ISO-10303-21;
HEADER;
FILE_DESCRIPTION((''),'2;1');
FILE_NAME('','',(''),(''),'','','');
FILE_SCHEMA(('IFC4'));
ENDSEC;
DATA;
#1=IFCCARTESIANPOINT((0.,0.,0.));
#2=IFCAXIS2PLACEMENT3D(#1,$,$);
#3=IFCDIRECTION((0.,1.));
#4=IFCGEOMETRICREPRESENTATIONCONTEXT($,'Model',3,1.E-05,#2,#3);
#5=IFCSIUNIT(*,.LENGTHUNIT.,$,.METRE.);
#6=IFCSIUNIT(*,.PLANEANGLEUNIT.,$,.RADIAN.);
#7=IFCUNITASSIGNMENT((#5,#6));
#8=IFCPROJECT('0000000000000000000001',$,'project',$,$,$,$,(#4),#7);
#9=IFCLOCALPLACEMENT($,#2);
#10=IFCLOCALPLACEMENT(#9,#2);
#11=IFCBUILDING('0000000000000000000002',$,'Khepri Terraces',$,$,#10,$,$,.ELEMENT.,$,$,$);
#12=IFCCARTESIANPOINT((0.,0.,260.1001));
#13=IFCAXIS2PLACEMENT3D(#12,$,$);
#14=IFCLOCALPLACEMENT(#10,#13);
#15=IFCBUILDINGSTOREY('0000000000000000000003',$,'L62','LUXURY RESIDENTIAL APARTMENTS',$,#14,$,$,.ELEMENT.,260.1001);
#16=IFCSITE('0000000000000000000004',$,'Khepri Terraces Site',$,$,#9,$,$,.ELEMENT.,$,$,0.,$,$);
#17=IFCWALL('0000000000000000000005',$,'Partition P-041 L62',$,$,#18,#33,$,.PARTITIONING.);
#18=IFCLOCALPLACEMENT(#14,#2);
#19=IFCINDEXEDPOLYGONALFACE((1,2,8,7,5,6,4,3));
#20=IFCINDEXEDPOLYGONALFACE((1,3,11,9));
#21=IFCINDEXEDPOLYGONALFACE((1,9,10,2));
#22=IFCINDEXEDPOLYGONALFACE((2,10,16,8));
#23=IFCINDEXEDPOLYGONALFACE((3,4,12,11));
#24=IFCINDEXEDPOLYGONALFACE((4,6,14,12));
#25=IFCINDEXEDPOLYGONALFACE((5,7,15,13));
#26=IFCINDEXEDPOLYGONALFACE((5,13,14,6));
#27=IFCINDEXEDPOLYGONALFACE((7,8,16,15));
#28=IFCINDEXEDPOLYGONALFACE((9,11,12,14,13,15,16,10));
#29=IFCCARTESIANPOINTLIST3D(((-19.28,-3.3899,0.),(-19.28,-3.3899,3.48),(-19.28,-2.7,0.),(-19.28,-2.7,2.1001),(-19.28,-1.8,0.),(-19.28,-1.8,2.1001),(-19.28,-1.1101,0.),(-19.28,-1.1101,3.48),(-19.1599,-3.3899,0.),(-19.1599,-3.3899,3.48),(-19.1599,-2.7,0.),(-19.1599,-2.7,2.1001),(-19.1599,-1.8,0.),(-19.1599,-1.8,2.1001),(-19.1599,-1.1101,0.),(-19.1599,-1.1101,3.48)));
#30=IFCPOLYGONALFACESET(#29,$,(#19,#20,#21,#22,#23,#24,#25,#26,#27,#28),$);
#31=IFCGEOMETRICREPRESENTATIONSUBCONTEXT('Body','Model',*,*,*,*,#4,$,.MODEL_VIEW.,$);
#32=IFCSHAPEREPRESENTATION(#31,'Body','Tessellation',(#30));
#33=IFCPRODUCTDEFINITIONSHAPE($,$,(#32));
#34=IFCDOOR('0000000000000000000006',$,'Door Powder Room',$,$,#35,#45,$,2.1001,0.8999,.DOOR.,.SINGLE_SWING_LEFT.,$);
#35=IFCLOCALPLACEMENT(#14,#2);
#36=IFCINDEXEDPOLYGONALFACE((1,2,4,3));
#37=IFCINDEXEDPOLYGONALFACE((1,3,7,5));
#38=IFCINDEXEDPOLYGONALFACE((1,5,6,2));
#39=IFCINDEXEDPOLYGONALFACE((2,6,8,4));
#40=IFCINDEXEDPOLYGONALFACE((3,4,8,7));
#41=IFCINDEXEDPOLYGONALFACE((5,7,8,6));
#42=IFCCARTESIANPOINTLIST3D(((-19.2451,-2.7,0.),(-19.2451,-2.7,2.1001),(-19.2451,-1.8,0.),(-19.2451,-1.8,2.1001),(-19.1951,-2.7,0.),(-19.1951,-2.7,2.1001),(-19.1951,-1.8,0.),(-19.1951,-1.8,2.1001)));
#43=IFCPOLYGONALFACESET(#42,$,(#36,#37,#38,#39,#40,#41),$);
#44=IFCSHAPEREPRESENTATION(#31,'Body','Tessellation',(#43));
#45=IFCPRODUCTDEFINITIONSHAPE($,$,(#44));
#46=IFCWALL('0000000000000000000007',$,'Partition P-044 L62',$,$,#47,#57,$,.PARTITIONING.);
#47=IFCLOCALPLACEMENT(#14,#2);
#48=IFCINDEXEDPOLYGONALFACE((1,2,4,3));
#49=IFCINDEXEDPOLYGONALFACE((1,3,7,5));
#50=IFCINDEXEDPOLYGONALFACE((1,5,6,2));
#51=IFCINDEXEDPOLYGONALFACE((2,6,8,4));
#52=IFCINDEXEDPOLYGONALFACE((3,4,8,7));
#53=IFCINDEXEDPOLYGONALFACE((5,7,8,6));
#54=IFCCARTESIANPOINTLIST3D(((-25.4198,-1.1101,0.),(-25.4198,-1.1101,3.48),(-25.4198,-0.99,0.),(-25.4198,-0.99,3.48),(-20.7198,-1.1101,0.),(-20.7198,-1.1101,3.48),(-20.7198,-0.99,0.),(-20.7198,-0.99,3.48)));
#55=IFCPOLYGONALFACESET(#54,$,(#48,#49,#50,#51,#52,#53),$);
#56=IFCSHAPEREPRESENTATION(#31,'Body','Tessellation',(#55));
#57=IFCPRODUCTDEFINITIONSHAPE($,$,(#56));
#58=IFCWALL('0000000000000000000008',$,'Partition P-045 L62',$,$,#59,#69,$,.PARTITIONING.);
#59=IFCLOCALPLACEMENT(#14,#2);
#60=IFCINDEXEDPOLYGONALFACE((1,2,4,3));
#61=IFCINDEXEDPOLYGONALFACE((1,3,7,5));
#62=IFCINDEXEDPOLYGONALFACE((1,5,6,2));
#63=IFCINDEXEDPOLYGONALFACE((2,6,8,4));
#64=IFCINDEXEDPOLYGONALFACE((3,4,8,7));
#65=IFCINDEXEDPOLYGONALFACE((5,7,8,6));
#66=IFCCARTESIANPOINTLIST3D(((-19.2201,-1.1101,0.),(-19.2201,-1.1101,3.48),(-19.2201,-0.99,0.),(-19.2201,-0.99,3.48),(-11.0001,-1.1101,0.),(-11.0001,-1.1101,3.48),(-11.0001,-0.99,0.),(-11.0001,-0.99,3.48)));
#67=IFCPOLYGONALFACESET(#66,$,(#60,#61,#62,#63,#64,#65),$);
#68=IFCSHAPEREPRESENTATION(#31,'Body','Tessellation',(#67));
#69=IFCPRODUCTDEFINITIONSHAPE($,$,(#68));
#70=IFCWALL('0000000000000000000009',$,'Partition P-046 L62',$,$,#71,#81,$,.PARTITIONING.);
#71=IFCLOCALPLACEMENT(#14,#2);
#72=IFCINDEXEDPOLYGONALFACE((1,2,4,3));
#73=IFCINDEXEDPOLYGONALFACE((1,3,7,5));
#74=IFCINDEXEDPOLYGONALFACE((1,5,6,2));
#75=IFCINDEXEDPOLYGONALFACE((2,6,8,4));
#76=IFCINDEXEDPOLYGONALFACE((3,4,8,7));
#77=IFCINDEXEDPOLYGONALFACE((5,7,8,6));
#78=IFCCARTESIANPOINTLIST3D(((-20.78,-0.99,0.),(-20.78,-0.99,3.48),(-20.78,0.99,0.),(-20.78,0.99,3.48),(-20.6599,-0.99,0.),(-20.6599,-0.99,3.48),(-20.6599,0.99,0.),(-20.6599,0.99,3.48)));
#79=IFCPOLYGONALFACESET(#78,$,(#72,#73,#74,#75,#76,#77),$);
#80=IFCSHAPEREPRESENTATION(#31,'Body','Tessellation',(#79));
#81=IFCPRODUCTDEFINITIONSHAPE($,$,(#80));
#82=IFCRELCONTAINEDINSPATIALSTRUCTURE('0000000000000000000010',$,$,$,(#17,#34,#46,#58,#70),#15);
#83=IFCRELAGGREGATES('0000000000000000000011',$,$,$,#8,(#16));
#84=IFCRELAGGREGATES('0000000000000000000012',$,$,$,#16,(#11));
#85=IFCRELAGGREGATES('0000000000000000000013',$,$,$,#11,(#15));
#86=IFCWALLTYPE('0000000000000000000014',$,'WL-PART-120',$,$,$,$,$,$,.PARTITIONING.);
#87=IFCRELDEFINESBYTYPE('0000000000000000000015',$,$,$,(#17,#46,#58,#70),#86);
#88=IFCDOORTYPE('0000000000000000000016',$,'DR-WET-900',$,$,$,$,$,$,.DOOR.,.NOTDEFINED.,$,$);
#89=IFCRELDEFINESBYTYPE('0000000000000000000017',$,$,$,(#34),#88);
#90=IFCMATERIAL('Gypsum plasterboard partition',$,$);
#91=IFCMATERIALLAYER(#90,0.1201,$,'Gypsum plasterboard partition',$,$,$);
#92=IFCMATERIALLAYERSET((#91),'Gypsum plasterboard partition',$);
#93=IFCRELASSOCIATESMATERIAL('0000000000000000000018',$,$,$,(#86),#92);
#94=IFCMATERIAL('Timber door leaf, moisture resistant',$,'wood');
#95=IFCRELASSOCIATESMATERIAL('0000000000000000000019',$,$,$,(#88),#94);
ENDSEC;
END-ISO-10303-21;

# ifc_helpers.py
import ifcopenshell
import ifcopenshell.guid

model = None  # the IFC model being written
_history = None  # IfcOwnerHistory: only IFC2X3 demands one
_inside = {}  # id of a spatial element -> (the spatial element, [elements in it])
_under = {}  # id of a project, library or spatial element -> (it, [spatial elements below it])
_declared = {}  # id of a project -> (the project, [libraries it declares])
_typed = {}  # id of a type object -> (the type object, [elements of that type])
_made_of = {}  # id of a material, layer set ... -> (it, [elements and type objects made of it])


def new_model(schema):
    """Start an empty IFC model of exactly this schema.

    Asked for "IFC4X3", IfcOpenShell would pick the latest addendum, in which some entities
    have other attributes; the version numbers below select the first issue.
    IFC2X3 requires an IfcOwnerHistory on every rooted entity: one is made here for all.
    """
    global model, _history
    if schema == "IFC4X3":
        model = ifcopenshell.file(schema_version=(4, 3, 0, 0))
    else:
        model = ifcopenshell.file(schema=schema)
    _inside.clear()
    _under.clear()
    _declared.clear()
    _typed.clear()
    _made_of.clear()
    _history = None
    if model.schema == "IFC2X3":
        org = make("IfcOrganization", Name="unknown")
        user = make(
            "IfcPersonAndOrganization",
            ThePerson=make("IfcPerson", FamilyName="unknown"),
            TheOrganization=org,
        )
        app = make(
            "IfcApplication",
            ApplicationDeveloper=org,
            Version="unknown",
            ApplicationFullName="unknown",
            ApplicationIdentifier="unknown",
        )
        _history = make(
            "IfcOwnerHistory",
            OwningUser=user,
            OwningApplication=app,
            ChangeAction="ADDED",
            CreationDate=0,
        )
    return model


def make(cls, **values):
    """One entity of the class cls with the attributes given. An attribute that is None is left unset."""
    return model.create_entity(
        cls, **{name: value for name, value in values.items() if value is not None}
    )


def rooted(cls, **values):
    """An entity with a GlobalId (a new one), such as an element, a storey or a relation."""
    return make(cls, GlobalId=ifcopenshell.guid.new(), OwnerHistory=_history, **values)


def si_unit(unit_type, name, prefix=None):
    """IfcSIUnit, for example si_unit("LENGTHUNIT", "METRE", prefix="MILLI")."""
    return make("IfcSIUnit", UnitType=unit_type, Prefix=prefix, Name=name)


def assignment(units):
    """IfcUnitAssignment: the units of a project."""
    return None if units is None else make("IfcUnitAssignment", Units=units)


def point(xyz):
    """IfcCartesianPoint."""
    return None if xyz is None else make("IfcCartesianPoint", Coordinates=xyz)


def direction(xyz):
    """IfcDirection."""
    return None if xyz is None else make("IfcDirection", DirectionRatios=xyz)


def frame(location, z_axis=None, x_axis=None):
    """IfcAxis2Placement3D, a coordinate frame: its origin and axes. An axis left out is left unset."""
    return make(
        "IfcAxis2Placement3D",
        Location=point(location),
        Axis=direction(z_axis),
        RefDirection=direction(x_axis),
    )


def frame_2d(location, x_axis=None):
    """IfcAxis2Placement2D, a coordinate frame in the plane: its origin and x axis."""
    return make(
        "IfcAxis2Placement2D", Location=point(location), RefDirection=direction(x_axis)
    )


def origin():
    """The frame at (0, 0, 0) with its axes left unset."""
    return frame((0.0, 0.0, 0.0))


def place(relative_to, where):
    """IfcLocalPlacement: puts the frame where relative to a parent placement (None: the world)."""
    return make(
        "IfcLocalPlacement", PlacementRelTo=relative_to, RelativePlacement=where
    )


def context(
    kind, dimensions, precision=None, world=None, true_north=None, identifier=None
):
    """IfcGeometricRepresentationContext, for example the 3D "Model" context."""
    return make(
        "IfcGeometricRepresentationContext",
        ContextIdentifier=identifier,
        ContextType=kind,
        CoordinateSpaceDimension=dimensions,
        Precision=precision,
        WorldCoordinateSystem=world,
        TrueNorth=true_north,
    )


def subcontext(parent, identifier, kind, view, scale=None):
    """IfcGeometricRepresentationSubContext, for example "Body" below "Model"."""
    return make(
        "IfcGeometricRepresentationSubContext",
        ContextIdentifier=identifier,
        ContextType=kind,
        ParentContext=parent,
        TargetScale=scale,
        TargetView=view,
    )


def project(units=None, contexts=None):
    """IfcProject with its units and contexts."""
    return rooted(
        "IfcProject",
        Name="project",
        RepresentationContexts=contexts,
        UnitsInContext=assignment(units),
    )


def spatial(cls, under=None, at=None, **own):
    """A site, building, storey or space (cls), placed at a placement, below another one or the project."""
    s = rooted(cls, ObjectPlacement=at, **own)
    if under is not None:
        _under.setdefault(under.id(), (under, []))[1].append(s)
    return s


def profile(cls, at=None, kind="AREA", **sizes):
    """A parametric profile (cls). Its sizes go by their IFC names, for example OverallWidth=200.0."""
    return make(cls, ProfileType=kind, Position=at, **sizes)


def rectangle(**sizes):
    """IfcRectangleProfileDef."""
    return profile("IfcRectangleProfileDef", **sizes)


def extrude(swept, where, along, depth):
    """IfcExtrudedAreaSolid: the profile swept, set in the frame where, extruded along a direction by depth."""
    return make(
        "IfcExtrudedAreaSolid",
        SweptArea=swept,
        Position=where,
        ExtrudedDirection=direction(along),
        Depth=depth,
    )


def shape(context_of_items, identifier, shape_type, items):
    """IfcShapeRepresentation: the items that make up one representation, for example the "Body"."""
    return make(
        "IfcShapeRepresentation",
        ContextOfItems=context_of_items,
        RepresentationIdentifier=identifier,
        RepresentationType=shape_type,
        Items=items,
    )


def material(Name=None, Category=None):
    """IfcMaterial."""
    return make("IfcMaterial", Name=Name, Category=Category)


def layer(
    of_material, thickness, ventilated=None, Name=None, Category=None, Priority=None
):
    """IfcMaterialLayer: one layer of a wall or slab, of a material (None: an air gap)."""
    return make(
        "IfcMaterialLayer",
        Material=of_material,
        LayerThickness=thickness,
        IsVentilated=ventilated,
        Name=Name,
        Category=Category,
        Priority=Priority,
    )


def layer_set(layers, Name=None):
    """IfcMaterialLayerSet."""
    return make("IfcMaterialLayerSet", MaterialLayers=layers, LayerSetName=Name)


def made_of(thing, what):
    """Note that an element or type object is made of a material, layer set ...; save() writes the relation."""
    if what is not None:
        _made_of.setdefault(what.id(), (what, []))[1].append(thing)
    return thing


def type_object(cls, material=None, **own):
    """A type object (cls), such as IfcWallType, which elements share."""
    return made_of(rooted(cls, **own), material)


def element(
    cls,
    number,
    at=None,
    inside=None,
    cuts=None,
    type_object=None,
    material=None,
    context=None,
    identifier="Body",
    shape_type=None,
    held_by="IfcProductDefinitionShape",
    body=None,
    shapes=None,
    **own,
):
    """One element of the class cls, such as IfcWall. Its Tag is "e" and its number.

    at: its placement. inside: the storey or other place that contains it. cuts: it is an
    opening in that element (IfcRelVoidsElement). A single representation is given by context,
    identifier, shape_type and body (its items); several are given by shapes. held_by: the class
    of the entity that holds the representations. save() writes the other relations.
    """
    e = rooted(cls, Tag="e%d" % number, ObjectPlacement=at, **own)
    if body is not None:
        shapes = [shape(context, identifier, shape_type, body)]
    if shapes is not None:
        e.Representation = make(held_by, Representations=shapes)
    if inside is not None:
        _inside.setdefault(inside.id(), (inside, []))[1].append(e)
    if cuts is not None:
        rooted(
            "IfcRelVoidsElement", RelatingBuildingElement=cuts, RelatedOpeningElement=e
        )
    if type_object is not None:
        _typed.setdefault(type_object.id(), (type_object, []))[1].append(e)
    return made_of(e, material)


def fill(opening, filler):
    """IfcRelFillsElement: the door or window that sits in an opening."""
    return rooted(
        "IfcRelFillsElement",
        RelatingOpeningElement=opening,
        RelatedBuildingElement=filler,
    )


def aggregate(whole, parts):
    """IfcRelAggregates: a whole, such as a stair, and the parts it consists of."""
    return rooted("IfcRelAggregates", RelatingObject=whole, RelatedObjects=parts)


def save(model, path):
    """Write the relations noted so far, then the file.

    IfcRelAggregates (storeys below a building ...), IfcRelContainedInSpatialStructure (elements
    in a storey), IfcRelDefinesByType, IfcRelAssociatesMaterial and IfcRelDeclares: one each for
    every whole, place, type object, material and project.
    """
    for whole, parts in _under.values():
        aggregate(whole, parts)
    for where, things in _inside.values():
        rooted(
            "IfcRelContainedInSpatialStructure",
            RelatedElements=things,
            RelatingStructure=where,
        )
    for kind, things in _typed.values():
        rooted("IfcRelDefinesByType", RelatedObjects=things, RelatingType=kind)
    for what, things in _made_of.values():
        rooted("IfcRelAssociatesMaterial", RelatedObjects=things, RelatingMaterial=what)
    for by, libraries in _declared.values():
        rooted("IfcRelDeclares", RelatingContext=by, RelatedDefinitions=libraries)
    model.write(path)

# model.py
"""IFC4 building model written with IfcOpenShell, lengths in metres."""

from ifc_helpers import new_model, si_unit, direction, frame, frame_2d, origin, place, context, subcontext, project, spatial, rectangle, extrude, material, layer, layer_set, type_object, element, fill, save


model = new_model("IFC4")

# Units and contexts
model_context = context("Model", 3, precision=1e-05, world=origin(), true_north=direction((0.0, 1.0)))
body_context = subcontext(model_context, "Body", "Model", "MODEL_VIEW")
ifc_project = project(units=[si_unit("LENGTHUNIT", "METRE"), si_unit("PLANEANGLEUNIT", "RADIAN")], contexts=[model_context])

# Site, building, storey
site_placement = place(None, origin())
site = spatial("IfcSite", under=ifc_project, at=site_placement, Name="Khepri Terraces Site", CompositionType="ELEMENT", RefElevation=0.0)
building_placement = place(site_placement, origin())
building = spatial("IfcBuilding", under=site, at=building_placement, Name="Khepri Terraces", CompositionType="ELEMENT")
storey_placement = place(building_placement, frame((0.0, 0.0, 260.1001)))
storey = spatial("IfcBuildingStorey", under=building, at=storey_placement, Name="L62", Description="LUXURY RESIDENTIAL APARTMENTS", CompositionType="ELEMENT", Elevation=260.1001)

# Shared definitions
ifc_material_1 = material(Name="Gypsum plasterboard partition")
ifc_layer_1 = layer(ifc_material_1, 0.1201, Name="Gypsum plasterboard partition")
ifc_layer_set_1 = layer_set([ifc_layer_1], Name="Gypsum plasterboard partition")
wall_type_1 = type_object("IfcWallType", Name="WL-PART-120", PredefinedType="PARTITIONING", material=ifc_layer_set_1)
ifc_material_2 = material(Name="Timber door leaf, moisture resistant", Category="wood")
door_type_1 = type_object("IfcDoorType", Name="DR-WET-900", OperationType="NOTDEFINED", PredefinedType="DOOR", material=ifc_material_2)

# Wall, opening, door
wall_1_placement = place(storey_placement, frame((-19.22, -3.3899, 0.0), z_axis=(0.0, 0.0, 1.0), x_axis=(0.0, 1.0, 0.0)))
wall_1 = element("IfcWall", 1, at=wall_1_placement, inside=storey, type_object=wall_type_1, Name="Partition P-041 L62", PredefinedType="PARTITIONING", context=body_context, shape_type="SweptSolid", body=[
    extrude(rectangle(XDim=2.2798, YDim=0.1201, at=frame_2d((1.1399, 0.0))), origin(), (0.0, 0.0, 1.0), 3.48),
])
opening_1_placement = place(wall_1_placement, frame((0.6899, 0.0, 0.0)))
opening_1 = element("IfcOpeningElement", 2, at=opening_1_placement, cuts=wall_1, PredefinedType="OPENING", context=body_context, shape_type="SweptSolid", body=[
    extrude(rectangle(XDim=0.8999, YDim=2.1001, at=frame_2d((0.45, 1.05))), frame((0.0, 0.0701, 0.0), z_axis=(0.0, -1.0, 0.0), x_axis=(1.0, 0.0, 0.0)), (0.0, 0.0, 1.0), 0.1401),
])
door_1_placement = place(opening_1_placement, frame((0.8999, 0.0, 0.0), z_axis=(0.0, 0.0, 1.0), x_axis=(-1.0, 0.0, 0.0)))
door_1 = element("IfcDoor", 3, at=door_1_placement, inside=storey, type_object=door_type_1, Name="Door Powder Room", OperationType="SINGLE_SWING_LEFT", OverallHeight=2.1001, OverallWidth=0.8999, PredefinedType="DOOR", context=body_context, shape_type="SweptSolid", body=[
    extrude(rectangle(XDim=0.8999, YDim=2.1001, at=frame_2d((0.45, 1.05))), frame((0.0, 0.0249, 0.0), z_axis=(0.0, -1.0, 0.0), x_axis=(1.0, 0.0, 0.0)), (0.0, 0.0, 1.0), 0.05),
])
fill(opening_1, door_1)

# Walls
wall_2_placement = place(storey_placement, frame((-25.4199, -1.05, 0.0), z_axis=(0.0, 0.0, 1.0), x_axis=(1.0, 0.0, 0.0)))
element("IfcWall", 4, at=wall_2_placement, inside=storey, type_object=wall_type_1, Name="Partition P-044 L62", PredefinedType="PARTITIONING", context=body_context, shape_type="SweptSolid", body=[
    extrude(rectangle(XDim=4.7, YDim=0.1201, at=frame_2d((2.3501, 0.0))), origin(), (0.0, 0.0, 1.0), 3.48),
])
wall_3_placement = place(storey_placement, frame((-19.22, -1.05, 0.0), z_axis=(0.0, 0.0, 1.0), x_axis=(1.0, 0.0, 0.0)))
element("IfcWall", 5, at=wall_3_placement, inside=storey, type_object=wall_type_1, Name="Partition P-045 L62", PredefinedType="PARTITIONING", context=body_context, shape_type="SweptSolid", body=[
    extrude(rectangle(XDim=8.22, YDim=0.1201, at=frame_2d((4.1099, 0.0))), origin(), (0.0, 0.0, 1.0), 3.48),
])
wall_4_placement = place(storey_placement, frame((-20.72, -0.99, 0.0), z_axis=(0.0, 0.0, 1.0), x_axis=(0.0, 1.0, 0.0)))
element("IfcWall", 6, at=wall_4_placement, inside=storey, type_object=wall_type_1, Name="Partition P-046 L62", PredefinedType="PARTITIONING", context=body_context, shape_type="SweptSolid", body=[
    extrude(rectangle(XDim=1.98, YDim=0.1201, at=frame_2d((0.99, 0.0))), origin(), (0.0, 0.0, 1.0), 3.48),
])

save(model, "model.ifc")
